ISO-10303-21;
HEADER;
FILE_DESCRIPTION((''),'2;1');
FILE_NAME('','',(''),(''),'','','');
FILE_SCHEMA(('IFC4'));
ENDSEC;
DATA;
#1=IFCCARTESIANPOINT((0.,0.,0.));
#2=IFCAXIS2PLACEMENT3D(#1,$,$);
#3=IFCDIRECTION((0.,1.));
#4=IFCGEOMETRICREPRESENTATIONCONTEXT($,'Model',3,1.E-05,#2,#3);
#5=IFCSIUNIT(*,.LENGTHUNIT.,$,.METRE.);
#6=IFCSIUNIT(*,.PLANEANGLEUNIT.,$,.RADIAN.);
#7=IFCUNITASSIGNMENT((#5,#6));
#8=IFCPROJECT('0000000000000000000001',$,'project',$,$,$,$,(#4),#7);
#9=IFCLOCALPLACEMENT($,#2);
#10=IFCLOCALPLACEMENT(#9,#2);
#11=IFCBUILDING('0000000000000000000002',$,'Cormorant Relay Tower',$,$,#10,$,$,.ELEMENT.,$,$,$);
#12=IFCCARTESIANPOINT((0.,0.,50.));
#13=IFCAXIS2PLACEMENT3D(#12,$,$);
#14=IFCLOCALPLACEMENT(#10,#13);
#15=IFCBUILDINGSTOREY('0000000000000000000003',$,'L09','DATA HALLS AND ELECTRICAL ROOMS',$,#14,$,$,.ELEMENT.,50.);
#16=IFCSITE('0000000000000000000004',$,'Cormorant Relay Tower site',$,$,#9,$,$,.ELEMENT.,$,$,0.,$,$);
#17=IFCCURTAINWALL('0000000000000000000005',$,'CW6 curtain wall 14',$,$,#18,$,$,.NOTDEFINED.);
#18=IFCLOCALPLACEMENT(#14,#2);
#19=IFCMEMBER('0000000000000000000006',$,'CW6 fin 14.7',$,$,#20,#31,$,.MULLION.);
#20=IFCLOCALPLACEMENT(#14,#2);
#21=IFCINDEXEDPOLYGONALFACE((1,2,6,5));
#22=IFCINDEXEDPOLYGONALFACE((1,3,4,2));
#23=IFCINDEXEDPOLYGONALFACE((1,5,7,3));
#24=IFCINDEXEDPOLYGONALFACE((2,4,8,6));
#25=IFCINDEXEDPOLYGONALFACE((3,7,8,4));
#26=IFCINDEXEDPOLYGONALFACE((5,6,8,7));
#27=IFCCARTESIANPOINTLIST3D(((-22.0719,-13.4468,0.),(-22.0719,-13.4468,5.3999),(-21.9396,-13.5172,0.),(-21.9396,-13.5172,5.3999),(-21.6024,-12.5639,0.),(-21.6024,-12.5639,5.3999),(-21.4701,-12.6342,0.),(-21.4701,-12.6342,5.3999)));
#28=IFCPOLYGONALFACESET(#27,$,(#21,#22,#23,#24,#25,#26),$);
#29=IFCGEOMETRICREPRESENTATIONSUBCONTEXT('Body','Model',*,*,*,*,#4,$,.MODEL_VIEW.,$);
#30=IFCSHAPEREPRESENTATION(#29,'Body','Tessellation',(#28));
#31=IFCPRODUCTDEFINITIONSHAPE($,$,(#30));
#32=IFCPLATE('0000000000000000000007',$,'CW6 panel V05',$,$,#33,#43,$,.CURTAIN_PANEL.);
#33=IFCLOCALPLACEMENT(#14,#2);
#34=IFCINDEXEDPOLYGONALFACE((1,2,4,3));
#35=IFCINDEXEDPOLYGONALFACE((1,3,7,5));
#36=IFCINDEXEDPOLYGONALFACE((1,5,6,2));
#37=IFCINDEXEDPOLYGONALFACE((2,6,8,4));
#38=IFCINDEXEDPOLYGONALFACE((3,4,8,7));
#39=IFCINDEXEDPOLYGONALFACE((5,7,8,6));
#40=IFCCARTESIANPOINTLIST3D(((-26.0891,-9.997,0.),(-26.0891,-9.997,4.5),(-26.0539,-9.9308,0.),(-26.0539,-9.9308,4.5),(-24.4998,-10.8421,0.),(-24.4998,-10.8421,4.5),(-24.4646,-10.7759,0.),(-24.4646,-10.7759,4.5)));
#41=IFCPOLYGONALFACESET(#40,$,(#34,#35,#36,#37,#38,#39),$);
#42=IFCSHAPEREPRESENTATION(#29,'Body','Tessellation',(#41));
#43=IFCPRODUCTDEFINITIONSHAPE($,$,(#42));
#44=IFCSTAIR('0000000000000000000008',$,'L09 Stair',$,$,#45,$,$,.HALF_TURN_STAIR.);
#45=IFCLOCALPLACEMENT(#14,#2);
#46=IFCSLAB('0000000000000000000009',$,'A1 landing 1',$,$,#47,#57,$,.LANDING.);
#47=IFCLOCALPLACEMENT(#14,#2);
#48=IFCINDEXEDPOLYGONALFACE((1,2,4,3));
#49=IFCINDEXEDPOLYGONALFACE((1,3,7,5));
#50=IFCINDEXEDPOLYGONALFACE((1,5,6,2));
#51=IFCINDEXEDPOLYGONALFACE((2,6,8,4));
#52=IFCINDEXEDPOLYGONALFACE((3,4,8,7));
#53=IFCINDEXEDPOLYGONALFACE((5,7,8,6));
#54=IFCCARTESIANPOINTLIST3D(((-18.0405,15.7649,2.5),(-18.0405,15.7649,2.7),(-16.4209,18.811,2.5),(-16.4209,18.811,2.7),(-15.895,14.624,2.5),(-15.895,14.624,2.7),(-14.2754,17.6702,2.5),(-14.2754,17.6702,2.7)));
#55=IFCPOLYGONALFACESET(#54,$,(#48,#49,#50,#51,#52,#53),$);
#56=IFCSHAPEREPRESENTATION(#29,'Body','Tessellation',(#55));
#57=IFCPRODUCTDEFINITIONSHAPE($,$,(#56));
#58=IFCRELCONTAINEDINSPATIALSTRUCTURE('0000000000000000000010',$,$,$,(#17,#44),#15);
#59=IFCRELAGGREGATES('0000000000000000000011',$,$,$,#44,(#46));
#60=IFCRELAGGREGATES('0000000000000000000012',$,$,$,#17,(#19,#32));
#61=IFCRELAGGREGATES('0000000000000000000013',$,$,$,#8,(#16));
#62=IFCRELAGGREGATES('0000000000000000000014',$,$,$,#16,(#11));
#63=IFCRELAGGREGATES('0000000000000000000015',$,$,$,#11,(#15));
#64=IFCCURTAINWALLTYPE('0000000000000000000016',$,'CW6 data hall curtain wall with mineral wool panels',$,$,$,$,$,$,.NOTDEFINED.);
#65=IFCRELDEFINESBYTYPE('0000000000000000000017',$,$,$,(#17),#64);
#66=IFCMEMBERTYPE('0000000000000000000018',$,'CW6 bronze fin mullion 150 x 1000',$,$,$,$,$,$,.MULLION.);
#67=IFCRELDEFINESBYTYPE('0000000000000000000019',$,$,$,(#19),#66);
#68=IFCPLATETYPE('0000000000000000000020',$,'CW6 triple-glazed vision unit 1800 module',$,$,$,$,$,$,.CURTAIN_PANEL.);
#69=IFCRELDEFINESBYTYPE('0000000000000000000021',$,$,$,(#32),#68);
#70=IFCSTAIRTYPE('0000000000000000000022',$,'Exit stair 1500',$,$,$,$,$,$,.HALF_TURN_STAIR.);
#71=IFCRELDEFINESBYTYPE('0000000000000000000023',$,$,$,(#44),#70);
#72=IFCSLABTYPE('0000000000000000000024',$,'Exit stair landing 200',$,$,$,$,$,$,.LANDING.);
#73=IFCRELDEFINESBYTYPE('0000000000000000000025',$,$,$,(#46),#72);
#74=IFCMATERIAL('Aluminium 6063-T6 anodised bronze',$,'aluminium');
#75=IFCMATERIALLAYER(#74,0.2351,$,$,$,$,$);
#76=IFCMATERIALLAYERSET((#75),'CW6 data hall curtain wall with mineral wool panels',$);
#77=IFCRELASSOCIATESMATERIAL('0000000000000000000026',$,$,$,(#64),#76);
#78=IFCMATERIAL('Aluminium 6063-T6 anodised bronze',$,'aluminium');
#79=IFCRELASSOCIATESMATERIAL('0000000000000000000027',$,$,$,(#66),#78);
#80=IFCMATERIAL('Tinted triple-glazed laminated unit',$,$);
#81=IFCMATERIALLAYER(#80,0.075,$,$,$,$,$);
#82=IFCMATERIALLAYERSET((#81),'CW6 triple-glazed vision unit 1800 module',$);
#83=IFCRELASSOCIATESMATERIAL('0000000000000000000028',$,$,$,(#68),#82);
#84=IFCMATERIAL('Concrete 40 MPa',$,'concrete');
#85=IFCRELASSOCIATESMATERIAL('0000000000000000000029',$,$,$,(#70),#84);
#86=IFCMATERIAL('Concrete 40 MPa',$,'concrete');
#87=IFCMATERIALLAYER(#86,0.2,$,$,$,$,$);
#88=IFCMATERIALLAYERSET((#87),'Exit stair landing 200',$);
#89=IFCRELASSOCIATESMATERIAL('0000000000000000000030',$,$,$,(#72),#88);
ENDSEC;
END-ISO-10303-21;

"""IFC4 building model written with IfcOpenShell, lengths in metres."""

from ifc_helpers import new_model, si_unit, direction, frame, origin, origin_2d, place, context, subcontext, project, spatial, polyline, rectangle, outline, extrude, material, layer, layer_set, material_profile, profile_set, type_object, element, aggregate, save


model = new_model("IFC4")

# Units and contexts
model_context = context("Model", 3, precision=1e-05, world=origin(), true_north=direction((0.0, 1.0)))
body_context = subcontext(model_context, "Body", "Model", "MODEL_VIEW")
ifc_project = project(units=[si_unit("LENGTHUNIT", "METRE"), si_unit("PLANEANGLEUNIT", "RADIAN")], contexts=[model_context])

# Site, building, storey
site_placement = place(None, origin())
site = spatial("IfcSite", under=ifc_project, at=site_placement, Name="Cormorant Relay Tower site", CompositionType="ELEMENT", RefElevation=0.0)
building_placement = place(site_placement, origin())
building = spatial("IfcBuilding", under=site, at=building_placement, Name="Cormorant Relay Tower", CompositionType="ELEMENT")
storey_placement = place(building_placement, frame((0.0, 0.0, 50.0)))
storey = spatial("IfcBuildingStorey", under=building, at=storey_placement, Name="L09", Description="DATA HALLS AND ELECTRICAL ROOMS", CompositionType="ELEMENT", Elevation=50.0)

# Curtain wall, member, plate
ifc_material_1 = material(Name="Aluminium 6063-T6 anodised bronze", Category="aluminium")
ifc_layer_1 = layer(ifc_material_1, 0.2351)
ifc_layer_set_1 = layer_set([ifc_layer_1], Name="CW6 data hall curtain wall with mineral wool panels")
curtain_wall_type = type_object("IfcCurtainWallType", Name="CW6 data hall curtain wall with mineral wool panels", PredefinedType="NOTDEFINED", material=ifc_layer_set_1)
curtain_wall_placement = place(storey_placement, origin())
curtain_wall = element("IfcCurtainWall", 1, at=curtain_wall_placement, inside=storey, type_object=curtain_wall_type, Name="CW6 curtain wall 14", PredefinedType="NOTDEFINED")
ifc_material_2 = material(Name="Aluminium 6063-T6 anodised bronze", Category="aluminium")
ifc_material_profile_1 = material_profile(ifc_material_2, rectangle(XDim=0.1499, YDim=1.0, at=origin_2d()), Name="AL 150x1000")
ifc_profile_set_1 = profile_set([ifc_material_profile_1], Name="Aluminium 6063-T6 anodised bronze")
member_type = type_object("IfcMemberType", Name="CW6 bronze fin mullion 150 x 1000", PredefinedType="MULLION", material=ifc_profile_set_1)
member_placement = place(storey_placement, frame((-21.771, -13.0405, 0.0), z_axis=(0.0, 0.0, 1.0), x_axis=(0.882948, -0.469472, 0.0)))
member = element("IfcMember", 2, at=member_placement, type_object=member_type, Name="CW6 fin 14.7", PredefinedType="MULLION", context=body_context, shape_type="SweptSolid", body=[
    extrude(rectangle(XDim=0.1499, YDim=1.0, at=origin_2d()), origin(), (0.0, 0.0, 1.0), 5.3999),
])
ifc_material_3 = material(Name="Tinted triple-glazed laminated unit")
ifc_layer_2 = layer(ifc_material_3, 0.075)
ifc_layer_set_2 = layer_set([ifc_layer_2], Name="CW6 triple-glazed vision unit 1800 module")
plate_type = type_object("IfcPlateType", Name="CW6 triple-glazed vision unit 1800 module", PredefinedType="CURTAIN_PANEL", material=ifc_layer_set_2)
plate_placement = place(storey_placement, frame((-25.2769, -10.3865, 0.0), z_axis=(0.0, 0.0, 1.0), x_axis=(0.882948, -0.469472, 0.0)))
plate = element("IfcPlate", 3, at=plate_placement, type_object=plate_type, Name="CW6 panel V05", PredefinedType="CURTAIN_PANEL", context=body_context, shape_type="SweptSolid", body=[
    extrude(rectangle(XDim=1.8, YDim=0.075, at=origin_2d()), origin(), (0.0, 0.0, 1.0), 4.5),
])

# Stair, slab
ifc_material_4 = material(Name="Concrete 40 MPa", Category="concrete")
stair_type = type_object("IfcStairType", Name="Exit stair 1500", PredefinedType="HALF_TURN_STAIR", material=ifc_material_4)
stair_placement = place(storey_placement, origin())
stair = element("IfcStair", 4, at=stair_placement, inside=storey, type_object=stair_type, Name="L09 Stair", PredefinedType="HALF_TURN_STAIR")
ifc_material_5 = material(Name="Concrete 40 MPa", Category="concrete")
ifc_layer_3 = layer(ifc_material_5, 0.2)
ifc_layer_set_3 = layer_set([ifc_layer_3], Name="Exit stair landing 200")
slab_type_1 = type_object("IfcSlabType", Name="Exit stair landing 200", PredefinedType="LANDING", material=ifc_layer_set_3)
slab_1_placement = place(storey_placement, frame((0.0, 0.0, 2.5)))
slab_1 = element("IfcSlab", 5, at=slab_1_placement, type_object=slab_type_1, Name="A1 landing 1", PredefinedType="LANDING", context=body_context, shape_type="SweptSolid", body=[
    extrude(outline(polyline([(-18.0405, 15.7649), (-15.895, 14.624), (-14.2754, 17.6702), (-16.4209, 18.811), (-18.0405, 15.7649)])), origin(), (0.0, 0.0, 1.0), 0.2),
])
aggregate(stair, [slab_1])

aggregate(curtain_wall, [member, plate])

save(model, "model.ifc")
